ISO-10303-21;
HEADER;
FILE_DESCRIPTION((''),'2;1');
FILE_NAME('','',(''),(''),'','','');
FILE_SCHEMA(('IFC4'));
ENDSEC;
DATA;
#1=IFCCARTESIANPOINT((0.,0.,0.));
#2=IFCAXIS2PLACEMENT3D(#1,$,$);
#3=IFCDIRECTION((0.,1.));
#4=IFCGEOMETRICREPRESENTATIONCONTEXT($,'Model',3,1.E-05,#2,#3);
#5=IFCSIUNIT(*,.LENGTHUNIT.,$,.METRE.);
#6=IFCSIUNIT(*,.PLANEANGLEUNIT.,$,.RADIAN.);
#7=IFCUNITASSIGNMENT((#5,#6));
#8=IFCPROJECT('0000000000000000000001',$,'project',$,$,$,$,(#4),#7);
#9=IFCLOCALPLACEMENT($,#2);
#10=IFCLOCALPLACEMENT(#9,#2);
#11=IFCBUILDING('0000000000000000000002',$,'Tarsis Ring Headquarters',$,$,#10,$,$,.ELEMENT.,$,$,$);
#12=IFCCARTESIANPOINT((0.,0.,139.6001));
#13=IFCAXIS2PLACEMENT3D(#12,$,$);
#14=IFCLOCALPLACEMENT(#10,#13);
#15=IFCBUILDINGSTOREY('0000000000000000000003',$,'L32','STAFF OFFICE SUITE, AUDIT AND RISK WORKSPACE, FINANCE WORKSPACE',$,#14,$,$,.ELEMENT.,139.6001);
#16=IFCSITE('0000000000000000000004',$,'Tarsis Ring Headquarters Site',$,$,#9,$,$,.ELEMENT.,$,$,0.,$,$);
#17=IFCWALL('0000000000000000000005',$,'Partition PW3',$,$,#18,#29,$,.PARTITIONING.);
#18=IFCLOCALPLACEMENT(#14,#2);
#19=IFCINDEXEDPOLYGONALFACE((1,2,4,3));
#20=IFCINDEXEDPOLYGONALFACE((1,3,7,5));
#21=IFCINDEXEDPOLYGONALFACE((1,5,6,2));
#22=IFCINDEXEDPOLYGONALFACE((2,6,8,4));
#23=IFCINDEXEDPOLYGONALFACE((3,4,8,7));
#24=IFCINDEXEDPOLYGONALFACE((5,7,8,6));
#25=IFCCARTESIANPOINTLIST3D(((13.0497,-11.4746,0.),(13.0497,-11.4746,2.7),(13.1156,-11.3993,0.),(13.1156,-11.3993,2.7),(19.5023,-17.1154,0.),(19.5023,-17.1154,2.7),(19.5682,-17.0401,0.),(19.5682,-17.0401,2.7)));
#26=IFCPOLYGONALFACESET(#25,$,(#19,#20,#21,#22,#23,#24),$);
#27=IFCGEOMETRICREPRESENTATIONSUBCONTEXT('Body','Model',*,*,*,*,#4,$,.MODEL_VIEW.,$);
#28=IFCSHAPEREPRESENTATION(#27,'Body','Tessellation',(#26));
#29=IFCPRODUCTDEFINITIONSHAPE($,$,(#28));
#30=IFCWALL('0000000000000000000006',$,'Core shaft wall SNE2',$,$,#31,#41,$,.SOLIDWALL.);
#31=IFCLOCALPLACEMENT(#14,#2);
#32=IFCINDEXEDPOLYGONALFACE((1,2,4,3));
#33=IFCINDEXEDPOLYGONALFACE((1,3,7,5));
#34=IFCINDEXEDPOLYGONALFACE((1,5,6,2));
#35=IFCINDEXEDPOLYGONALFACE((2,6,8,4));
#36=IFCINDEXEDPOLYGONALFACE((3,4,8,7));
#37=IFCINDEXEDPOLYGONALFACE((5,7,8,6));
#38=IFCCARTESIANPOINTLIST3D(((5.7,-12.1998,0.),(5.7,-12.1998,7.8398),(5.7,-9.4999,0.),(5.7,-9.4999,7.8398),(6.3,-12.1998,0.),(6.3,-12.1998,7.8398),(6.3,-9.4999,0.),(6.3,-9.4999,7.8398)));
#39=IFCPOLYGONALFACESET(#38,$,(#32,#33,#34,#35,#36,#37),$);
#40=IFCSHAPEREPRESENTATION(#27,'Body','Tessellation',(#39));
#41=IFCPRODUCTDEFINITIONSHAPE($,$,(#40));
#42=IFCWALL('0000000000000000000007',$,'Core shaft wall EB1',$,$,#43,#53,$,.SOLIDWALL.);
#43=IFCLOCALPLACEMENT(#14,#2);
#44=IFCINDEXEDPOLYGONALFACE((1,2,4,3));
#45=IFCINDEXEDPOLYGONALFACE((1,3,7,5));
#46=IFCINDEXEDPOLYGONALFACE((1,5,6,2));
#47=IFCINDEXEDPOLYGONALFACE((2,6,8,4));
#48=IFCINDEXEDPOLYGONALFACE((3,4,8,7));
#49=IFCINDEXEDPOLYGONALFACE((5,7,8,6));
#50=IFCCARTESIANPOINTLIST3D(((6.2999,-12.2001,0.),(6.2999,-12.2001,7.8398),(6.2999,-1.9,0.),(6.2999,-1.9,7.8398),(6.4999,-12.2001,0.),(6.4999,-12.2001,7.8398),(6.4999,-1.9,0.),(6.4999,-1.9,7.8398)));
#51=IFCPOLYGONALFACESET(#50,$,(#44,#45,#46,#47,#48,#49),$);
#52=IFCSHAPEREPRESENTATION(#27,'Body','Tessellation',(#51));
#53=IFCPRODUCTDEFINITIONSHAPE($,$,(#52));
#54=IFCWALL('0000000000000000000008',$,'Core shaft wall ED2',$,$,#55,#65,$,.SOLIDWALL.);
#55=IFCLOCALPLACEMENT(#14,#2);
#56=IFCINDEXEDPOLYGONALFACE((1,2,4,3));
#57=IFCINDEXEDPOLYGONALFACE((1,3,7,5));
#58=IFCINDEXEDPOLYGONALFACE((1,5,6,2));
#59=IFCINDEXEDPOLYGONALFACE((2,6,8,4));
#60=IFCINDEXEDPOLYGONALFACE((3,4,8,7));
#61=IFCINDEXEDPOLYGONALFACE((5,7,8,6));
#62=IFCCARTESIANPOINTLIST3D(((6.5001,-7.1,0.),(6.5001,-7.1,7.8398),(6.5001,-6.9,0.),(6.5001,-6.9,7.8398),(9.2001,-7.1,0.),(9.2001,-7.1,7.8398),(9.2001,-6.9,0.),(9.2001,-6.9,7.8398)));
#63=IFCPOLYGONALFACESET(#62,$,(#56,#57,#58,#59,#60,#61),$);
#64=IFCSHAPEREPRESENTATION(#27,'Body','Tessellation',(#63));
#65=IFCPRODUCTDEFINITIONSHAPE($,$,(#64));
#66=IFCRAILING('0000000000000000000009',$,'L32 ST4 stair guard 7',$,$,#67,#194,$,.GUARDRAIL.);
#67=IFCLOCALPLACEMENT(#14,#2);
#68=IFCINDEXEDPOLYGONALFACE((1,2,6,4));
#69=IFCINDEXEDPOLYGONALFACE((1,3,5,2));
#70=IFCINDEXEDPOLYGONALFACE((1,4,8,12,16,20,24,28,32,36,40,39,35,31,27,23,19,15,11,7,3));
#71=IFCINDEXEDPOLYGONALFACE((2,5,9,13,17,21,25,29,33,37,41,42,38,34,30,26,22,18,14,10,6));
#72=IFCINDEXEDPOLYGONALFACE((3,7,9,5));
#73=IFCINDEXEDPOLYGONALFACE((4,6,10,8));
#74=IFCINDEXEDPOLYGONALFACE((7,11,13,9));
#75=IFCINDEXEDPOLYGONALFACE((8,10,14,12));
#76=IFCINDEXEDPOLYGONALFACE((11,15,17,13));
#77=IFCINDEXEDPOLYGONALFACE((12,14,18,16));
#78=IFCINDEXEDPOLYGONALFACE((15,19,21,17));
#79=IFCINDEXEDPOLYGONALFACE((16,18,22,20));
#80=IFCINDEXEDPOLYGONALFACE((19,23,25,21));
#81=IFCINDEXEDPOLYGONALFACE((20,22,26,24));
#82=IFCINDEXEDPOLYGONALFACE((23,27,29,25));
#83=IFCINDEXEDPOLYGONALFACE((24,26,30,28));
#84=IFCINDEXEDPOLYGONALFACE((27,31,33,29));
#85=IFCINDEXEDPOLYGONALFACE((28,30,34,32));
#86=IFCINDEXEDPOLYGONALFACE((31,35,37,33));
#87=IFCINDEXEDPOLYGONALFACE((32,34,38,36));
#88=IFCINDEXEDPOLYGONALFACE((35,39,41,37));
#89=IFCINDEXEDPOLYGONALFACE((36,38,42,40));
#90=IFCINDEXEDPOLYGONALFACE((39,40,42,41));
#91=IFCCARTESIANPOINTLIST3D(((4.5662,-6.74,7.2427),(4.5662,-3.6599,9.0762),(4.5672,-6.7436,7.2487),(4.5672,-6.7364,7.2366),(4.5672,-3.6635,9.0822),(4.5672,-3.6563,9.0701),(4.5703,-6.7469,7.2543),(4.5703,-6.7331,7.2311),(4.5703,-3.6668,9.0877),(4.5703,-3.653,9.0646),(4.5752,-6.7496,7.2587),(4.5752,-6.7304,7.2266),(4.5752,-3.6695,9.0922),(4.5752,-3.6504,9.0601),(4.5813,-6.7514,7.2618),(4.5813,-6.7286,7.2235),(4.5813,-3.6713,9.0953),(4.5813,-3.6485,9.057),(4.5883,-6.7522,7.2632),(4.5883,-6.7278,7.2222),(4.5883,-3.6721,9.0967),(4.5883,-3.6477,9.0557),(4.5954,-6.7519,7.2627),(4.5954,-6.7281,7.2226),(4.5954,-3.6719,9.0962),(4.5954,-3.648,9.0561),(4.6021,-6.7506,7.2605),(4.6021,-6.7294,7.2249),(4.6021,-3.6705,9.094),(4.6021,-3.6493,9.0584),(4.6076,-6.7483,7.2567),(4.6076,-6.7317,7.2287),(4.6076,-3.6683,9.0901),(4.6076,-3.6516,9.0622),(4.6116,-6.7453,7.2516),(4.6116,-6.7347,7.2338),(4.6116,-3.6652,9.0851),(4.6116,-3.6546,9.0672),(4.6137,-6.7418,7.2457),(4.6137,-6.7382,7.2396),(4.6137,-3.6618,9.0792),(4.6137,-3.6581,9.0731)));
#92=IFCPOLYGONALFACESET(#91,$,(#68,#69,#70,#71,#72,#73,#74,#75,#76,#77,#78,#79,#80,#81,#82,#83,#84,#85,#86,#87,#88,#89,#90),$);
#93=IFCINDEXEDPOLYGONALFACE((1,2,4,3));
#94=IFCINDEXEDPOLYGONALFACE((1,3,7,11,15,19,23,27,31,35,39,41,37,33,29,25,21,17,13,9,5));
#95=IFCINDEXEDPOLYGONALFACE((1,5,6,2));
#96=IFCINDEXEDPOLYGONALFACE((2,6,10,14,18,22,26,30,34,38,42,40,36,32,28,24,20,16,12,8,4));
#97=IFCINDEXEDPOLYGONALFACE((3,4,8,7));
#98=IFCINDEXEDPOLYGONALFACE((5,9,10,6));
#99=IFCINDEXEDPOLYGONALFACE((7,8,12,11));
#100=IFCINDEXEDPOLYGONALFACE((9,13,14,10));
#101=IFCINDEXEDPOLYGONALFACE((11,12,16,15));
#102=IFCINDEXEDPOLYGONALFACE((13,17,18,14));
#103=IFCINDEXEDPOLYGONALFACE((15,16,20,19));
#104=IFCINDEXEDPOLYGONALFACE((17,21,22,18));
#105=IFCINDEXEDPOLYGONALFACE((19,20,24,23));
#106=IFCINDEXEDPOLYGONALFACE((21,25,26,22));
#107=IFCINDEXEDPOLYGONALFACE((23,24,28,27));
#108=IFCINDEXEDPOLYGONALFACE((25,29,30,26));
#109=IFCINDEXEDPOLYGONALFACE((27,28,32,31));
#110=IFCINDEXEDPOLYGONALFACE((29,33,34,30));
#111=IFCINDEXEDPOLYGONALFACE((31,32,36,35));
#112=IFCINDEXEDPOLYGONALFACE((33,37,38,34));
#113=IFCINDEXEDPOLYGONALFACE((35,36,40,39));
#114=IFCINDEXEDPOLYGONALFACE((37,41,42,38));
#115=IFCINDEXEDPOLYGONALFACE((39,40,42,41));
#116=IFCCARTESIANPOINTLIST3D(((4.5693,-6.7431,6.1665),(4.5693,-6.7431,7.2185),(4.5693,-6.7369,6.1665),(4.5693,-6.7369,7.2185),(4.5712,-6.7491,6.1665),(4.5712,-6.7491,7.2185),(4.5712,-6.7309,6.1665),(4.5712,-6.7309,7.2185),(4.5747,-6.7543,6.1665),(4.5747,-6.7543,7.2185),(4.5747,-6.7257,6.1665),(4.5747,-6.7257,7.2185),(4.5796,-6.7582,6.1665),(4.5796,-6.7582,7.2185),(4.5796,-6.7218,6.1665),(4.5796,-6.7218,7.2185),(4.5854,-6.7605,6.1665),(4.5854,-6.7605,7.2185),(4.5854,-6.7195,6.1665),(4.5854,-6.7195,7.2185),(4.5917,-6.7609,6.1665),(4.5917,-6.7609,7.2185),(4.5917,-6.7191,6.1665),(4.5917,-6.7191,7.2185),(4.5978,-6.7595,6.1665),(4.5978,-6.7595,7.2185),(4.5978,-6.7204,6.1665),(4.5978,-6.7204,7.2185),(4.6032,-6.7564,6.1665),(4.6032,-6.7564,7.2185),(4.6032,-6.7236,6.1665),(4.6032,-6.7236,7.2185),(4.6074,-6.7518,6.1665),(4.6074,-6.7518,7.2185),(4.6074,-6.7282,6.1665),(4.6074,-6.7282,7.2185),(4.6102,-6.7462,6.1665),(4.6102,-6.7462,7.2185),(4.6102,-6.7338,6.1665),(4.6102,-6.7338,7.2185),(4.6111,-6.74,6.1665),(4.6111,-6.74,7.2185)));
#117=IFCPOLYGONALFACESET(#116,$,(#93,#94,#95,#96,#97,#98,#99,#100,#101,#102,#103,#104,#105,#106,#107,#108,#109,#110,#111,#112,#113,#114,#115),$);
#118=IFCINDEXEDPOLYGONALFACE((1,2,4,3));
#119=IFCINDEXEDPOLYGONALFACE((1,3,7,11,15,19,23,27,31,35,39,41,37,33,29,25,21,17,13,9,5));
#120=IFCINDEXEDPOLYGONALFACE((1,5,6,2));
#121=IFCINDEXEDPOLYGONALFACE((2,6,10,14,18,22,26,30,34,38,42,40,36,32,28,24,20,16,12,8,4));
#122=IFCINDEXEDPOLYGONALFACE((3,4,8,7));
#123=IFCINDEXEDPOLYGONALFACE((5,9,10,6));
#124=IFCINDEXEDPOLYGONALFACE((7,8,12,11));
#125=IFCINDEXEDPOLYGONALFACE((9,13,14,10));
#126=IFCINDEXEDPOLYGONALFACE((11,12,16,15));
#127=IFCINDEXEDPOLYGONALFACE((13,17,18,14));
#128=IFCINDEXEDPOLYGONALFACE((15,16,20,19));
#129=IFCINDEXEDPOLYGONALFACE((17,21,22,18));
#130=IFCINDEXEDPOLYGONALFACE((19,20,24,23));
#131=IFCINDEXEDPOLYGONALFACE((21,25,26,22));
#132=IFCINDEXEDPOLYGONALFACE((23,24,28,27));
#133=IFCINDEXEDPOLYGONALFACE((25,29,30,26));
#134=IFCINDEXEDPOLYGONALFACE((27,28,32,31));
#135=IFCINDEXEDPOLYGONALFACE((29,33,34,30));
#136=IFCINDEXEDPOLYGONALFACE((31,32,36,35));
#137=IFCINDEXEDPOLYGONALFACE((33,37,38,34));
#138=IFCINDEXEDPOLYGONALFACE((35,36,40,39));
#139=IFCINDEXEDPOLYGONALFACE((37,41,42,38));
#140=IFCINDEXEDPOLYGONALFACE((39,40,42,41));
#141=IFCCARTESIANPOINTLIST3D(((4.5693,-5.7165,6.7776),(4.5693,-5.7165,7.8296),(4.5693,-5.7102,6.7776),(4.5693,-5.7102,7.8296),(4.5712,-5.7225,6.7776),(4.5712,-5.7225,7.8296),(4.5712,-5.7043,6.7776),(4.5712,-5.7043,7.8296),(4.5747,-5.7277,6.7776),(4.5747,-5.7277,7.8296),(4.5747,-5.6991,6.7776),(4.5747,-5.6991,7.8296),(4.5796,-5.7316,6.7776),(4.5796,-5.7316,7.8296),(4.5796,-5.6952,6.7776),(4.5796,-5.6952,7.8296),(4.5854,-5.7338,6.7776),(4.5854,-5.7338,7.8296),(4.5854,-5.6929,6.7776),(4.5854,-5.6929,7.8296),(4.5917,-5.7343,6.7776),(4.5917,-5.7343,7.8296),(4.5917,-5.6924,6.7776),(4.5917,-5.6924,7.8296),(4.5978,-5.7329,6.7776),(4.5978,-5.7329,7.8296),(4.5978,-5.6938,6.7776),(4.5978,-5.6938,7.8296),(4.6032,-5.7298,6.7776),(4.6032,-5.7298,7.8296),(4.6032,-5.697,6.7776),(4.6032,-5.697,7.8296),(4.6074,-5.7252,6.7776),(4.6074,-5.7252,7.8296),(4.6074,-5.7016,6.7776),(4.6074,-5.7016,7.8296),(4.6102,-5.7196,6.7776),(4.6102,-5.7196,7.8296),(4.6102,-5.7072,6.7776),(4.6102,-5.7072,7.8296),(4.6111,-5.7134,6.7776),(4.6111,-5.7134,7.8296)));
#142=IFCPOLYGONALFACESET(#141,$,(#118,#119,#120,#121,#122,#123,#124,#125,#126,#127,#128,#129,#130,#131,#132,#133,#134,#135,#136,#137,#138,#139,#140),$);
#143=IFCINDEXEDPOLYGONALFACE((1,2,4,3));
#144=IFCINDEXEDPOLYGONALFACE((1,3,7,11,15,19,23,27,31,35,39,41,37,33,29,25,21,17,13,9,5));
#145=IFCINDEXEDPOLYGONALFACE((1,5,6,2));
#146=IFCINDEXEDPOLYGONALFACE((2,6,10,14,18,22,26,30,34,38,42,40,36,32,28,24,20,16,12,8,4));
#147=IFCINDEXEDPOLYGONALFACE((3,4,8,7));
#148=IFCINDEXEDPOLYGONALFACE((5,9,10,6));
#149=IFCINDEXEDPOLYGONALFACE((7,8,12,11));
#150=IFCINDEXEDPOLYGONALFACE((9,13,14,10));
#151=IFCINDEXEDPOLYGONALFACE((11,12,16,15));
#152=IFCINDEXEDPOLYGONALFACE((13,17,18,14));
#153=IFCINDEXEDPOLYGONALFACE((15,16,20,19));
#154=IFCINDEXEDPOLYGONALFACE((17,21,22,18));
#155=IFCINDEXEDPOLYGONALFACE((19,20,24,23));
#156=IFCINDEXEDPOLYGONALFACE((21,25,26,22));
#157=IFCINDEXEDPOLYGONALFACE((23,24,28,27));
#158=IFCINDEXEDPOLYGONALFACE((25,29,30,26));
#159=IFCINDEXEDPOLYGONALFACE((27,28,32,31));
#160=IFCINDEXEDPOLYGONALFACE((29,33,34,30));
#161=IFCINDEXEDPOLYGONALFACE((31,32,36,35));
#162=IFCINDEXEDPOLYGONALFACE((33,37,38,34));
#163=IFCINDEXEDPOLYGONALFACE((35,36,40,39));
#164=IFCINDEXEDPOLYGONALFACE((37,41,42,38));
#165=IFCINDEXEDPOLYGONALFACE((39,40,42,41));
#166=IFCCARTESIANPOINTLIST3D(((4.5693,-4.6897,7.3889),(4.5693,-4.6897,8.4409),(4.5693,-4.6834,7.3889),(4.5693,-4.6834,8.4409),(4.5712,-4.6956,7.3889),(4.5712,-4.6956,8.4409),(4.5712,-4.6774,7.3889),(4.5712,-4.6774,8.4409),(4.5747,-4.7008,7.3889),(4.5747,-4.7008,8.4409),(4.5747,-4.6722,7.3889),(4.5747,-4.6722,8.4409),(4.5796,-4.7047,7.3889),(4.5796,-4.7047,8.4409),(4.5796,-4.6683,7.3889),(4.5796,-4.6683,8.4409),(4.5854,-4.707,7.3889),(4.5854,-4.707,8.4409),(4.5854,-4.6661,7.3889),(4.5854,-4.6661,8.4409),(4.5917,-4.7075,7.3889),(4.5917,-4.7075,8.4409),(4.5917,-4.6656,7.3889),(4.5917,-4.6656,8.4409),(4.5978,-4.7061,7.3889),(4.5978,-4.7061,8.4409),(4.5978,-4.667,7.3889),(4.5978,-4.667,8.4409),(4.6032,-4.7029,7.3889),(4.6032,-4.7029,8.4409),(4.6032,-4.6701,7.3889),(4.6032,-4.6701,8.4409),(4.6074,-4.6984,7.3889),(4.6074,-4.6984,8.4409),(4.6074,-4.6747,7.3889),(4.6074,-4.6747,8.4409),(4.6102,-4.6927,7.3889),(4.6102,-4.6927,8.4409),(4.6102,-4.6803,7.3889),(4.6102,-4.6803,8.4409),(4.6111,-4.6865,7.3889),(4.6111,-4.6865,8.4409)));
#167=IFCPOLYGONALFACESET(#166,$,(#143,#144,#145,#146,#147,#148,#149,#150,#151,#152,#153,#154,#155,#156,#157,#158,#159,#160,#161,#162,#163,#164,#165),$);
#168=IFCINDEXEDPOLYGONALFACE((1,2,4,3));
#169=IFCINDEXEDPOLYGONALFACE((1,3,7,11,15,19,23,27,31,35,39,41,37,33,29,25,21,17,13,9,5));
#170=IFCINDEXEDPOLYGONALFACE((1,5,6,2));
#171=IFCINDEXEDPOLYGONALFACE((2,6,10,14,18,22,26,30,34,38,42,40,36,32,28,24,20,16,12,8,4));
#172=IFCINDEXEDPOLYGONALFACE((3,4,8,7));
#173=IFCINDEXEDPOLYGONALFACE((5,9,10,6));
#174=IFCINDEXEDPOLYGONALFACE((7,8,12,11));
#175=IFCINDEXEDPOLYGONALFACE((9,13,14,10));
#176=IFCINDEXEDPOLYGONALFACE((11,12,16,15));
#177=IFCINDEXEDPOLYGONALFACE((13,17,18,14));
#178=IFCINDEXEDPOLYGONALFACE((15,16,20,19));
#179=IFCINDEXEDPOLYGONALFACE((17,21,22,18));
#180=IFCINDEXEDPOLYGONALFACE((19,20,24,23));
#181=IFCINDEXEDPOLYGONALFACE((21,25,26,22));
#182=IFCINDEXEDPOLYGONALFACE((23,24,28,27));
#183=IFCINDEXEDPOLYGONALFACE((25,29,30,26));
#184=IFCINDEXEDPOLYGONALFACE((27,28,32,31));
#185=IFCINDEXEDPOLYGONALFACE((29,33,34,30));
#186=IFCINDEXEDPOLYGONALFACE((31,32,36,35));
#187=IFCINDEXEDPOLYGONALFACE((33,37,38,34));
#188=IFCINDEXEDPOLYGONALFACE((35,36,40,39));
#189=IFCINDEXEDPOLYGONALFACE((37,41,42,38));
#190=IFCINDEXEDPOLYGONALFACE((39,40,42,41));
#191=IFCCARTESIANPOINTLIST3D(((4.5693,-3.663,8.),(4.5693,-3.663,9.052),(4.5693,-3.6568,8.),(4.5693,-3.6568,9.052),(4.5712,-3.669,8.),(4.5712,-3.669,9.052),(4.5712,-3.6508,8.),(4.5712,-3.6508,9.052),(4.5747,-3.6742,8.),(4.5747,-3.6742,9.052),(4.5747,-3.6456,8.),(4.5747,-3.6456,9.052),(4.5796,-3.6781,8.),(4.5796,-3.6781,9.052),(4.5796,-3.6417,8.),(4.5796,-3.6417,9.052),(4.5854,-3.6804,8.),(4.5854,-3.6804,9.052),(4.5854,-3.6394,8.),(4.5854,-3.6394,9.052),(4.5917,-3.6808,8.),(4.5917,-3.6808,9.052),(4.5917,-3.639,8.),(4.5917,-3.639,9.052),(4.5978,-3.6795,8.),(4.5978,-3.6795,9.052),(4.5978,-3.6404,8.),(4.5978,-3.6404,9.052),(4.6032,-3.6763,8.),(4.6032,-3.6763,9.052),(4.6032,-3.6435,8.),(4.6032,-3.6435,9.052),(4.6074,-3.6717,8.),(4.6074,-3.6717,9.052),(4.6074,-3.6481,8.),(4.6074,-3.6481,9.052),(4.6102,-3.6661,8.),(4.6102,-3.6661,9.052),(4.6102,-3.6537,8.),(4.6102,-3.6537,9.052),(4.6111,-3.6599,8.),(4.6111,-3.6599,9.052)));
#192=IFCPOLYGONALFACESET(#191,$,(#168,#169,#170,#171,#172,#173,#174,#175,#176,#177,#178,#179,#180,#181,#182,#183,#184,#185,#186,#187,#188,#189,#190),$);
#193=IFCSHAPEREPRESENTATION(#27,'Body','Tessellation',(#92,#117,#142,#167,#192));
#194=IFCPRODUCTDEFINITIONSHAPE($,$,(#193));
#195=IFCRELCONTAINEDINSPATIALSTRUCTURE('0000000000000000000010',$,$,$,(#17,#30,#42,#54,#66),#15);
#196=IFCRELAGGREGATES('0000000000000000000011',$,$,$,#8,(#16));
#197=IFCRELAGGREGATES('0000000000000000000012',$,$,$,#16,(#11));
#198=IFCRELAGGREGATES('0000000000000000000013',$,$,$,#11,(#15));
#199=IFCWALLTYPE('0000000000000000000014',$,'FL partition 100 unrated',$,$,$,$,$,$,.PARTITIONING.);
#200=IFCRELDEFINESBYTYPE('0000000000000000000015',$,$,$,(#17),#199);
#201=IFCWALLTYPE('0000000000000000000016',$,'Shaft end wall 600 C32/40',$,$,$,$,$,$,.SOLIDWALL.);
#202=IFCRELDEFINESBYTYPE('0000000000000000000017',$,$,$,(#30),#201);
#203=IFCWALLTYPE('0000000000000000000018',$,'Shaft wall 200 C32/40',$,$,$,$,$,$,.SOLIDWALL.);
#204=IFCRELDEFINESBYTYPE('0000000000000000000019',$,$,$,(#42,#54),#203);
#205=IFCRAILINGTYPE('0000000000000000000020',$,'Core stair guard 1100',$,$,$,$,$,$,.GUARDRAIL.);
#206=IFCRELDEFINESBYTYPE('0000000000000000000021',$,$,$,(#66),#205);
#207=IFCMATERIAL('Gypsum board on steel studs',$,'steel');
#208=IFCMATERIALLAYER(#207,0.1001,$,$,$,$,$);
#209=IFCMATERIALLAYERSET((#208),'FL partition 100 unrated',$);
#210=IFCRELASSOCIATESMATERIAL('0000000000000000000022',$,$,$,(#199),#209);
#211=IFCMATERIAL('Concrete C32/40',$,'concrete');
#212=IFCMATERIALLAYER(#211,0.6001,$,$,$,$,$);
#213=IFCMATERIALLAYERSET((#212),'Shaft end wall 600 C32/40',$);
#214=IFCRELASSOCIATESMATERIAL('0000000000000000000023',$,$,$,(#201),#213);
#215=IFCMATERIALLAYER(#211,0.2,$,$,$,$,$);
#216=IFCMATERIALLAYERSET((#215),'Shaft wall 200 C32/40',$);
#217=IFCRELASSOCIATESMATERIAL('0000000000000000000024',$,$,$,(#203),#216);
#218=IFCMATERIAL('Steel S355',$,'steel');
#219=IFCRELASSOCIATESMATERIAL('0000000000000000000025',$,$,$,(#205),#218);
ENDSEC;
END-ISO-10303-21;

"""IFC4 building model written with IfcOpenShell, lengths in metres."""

from ifc_helpers import new_model, si_unit, direction, frame, frame_2d, origin, origin_2d, place, context, subcontext, project, spatial, rectangle, circle, extrude, material, layer, layer_set, type_object, element, save


model = new_model("IFC4")

# Units and contexts
model_context = context("Model", 3, precision=1e-05, world=origin(), true_north=direction((0.0, 1.0)))
body_context = subcontext(model_context, "Body", "Model", "MODEL_VIEW")
ifc_project = project(units=[si_unit("LENGTHUNIT", "METRE"), si_unit("PLANEANGLEUNIT", "RADIAN")], contexts=[model_context])

# Site, building, storey
site_placement = place(None, origin())
site = spatial("IfcSite", under=ifc_project, at=site_placement, Name="Tarsis Ring Headquarters Site", CompositionType="ELEMENT", RefElevation=0.0)
building_placement = place(site_placement, origin())
building = spatial("IfcBuilding", under=site, at=building_placement, Name="Tarsis Ring Headquarters", CompositionType="ELEMENT")
storey_placement = place(building_placement, frame((0.0, 0.0, 139.6001)))
storey = spatial("IfcBuildingStorey", under=building, at=storey_placement, Name="L32", Description="STAFF OFFICE SUITE, AUDIT AND RISK WORKSPACE, FINANCE WORKSPACE", CompositionType="ELEMENT", Elevation=139.6001)

# Shared definitions
ifc_material_1 = material(Name="Steel S355", Category="steel")

# Walls
ifc_material_2 = material(Name="Gypsum board on steel studs", Category="steel")
ifc_layer_1 = layer(ifc_material_2, 0.1001)
ifc_layer_set_1 = layer_set([ifc_layer_1], Name="FL partition 100 unrated")
wall_type_1 = type_object("IfcWallType", Name="FL partition 100 unrated", PredefinedType="PARTITIONING", material=ifc_layer_set_1)
wall_1_placement = place(storey_placement, frame((13.0828, -11.437, 0.0), z_axis=(0.0, 0.0, 1.0), x_axis=(0.752877, -0.658162, 0.0)))
element("IfcWall", 1, at=wall_1_placement, inside=storey, type_object=wall_type_1, Name="Partition PW3", PredefinedType="PARTITIONING", context=body_context, shape_type="SweptSolid", body=[
    extrude(rectangle(XDim=8.5706, YDim=0.1001, at=frame_2d((4.2852, 0.0))), origin(), (0.0, 0.0, 1.0), 2.7),
])
ifc_material_3 = material(Name="Concrete C32/40", Category="concrete")
ifc_layer_2 = layer(ifc_material_3, 0.6001)
ifc_layer_set_2 = layer_set([ifc_layer_2], Name="Shaft end wall 600 C32/40")
wall_type_2 = type_object("IfcWallType", Name="Shaft end wall 600 C32/40", PredefinedType="SOLIDWALL", material=ifc_layer_set_2)
wall_2_placement = place(storey_placement, frame((6.0, -12.2, 0.0), z_axis=(0.0, 0.0, 1.0), x_axis=(0.0, 1.0, 0.0)))
element("IfcWall", 2, at=wall_2_placement, inside=storey, type_object=wall_type_2, Name="Core shaft wall SNE2", PredefinedType="SOLIDWALL", context=body_context, shape_type="SweptSolid", body=[
    extrude(rectangle(XDim=2.7, YDim=0.6001, at=frame_2d((1.3501, 0.0))), origin(), (0.0, 0.0, 1.0), 7.8398),
])
ifc_layer_3 = layer(ifc_material_3, 0.2)
ifc_layer_set_3 = layer_set([ifc_layer_3], Name="Shaft wall 200 C32/40")
wall_type_3 = type_object("IfcWallType", Name="Shaft wall 200 C32/40", PredefinedType="SOLIDWALL", material=ifc_layer_set_3)
wall_3_placement = place(storey_placement, frame((6.3999, -12.2, 0.0), z_axis=(0.0, 0.0, 1.0), x_axis=(0.0, 1.0, 0.0)))
element("IfcWall", 3, at=wall_3_placement, inside=storey, type_object=wall_type_3, Name="Core shaft wall EB1", PredefinedType="SOLIDWALL", context=body_context, shape_type="SweptSolid", body=[
    extrude(rectangle(XDim=10.3, YDim=0.2, at=frame_2d((5.1499, 0.0))), origin(), (0.0, 0.0, 1.0), 7.8398),
])
wall_4_placement = place(storey_placement, frame((6.5, -7.0, 0.0), z_axis=(0.0, 0.0, 1.0), x_axis=(1.0, 0.0, 0.0)))
element("IfcWall", 4, at=wall_4_placement, inside=storey, type_object=wall_type_3, Name="Core shaft wall ED2", PredefinedType="SOLIDWALL", context=body_context, shape_type="SweptSolid", body=[
    extrude(rectangle(XDim=2.7, YDim=0.2, at=frame_2d((1.3501, 0.0))), origin(), (0.0, 0.0, 1.0), 7.8398),
])

# Railing
railing_type_1 = type_object("IfcRailingType", Name="Core stair guard 1100", PredefinedType="GUARDRAIL", material=ifc_material_1)
railing_placement = place(storey_placement, frame((4.5901, -6.74, 6.1665)))
element("IfcRailing", 5, at=railing_placement, inside=storey, type_object=railing_type_1, Name="L32 ST4 stair guard 7", PredefinedType="GUARDRAIL", context=body_context, shape_type="SweptSolid", body=[
    extrude(circle(Radius=0.0239, at=origin_2d()), frame((0.0, 0.0, 1.0762), z_axis=(0.0, 0.859279, 0.511508), x_axis=(-1.0, 0.0, 0.0)), (0.0, 0.0, 1.0), 3.5845),
    extrude(circle(Radius=0.021, at=origin_2d()), origin(), (0.0, 0.0, 1.0), 1.052),
    extrude(circle(Radius=0.021, at=origin_2d()), frame((0.0, 1.0266, 0.6111)), (0.0, 0.0, 1.0), 1.052),
    extrude(circle(Radius=0.021, at=origin_2d()), frame((0.0, 2.0535, 1.2224)), (0.0, 0.0, 1.0), 1.052),
    extrude(circle(Radius=0.021, at=origin_2d()), frame((0.0, 3.0801, 1.8335)), (0.0, 0.0, 1.0), 1.052),
])

save(model, "model.ifc")
